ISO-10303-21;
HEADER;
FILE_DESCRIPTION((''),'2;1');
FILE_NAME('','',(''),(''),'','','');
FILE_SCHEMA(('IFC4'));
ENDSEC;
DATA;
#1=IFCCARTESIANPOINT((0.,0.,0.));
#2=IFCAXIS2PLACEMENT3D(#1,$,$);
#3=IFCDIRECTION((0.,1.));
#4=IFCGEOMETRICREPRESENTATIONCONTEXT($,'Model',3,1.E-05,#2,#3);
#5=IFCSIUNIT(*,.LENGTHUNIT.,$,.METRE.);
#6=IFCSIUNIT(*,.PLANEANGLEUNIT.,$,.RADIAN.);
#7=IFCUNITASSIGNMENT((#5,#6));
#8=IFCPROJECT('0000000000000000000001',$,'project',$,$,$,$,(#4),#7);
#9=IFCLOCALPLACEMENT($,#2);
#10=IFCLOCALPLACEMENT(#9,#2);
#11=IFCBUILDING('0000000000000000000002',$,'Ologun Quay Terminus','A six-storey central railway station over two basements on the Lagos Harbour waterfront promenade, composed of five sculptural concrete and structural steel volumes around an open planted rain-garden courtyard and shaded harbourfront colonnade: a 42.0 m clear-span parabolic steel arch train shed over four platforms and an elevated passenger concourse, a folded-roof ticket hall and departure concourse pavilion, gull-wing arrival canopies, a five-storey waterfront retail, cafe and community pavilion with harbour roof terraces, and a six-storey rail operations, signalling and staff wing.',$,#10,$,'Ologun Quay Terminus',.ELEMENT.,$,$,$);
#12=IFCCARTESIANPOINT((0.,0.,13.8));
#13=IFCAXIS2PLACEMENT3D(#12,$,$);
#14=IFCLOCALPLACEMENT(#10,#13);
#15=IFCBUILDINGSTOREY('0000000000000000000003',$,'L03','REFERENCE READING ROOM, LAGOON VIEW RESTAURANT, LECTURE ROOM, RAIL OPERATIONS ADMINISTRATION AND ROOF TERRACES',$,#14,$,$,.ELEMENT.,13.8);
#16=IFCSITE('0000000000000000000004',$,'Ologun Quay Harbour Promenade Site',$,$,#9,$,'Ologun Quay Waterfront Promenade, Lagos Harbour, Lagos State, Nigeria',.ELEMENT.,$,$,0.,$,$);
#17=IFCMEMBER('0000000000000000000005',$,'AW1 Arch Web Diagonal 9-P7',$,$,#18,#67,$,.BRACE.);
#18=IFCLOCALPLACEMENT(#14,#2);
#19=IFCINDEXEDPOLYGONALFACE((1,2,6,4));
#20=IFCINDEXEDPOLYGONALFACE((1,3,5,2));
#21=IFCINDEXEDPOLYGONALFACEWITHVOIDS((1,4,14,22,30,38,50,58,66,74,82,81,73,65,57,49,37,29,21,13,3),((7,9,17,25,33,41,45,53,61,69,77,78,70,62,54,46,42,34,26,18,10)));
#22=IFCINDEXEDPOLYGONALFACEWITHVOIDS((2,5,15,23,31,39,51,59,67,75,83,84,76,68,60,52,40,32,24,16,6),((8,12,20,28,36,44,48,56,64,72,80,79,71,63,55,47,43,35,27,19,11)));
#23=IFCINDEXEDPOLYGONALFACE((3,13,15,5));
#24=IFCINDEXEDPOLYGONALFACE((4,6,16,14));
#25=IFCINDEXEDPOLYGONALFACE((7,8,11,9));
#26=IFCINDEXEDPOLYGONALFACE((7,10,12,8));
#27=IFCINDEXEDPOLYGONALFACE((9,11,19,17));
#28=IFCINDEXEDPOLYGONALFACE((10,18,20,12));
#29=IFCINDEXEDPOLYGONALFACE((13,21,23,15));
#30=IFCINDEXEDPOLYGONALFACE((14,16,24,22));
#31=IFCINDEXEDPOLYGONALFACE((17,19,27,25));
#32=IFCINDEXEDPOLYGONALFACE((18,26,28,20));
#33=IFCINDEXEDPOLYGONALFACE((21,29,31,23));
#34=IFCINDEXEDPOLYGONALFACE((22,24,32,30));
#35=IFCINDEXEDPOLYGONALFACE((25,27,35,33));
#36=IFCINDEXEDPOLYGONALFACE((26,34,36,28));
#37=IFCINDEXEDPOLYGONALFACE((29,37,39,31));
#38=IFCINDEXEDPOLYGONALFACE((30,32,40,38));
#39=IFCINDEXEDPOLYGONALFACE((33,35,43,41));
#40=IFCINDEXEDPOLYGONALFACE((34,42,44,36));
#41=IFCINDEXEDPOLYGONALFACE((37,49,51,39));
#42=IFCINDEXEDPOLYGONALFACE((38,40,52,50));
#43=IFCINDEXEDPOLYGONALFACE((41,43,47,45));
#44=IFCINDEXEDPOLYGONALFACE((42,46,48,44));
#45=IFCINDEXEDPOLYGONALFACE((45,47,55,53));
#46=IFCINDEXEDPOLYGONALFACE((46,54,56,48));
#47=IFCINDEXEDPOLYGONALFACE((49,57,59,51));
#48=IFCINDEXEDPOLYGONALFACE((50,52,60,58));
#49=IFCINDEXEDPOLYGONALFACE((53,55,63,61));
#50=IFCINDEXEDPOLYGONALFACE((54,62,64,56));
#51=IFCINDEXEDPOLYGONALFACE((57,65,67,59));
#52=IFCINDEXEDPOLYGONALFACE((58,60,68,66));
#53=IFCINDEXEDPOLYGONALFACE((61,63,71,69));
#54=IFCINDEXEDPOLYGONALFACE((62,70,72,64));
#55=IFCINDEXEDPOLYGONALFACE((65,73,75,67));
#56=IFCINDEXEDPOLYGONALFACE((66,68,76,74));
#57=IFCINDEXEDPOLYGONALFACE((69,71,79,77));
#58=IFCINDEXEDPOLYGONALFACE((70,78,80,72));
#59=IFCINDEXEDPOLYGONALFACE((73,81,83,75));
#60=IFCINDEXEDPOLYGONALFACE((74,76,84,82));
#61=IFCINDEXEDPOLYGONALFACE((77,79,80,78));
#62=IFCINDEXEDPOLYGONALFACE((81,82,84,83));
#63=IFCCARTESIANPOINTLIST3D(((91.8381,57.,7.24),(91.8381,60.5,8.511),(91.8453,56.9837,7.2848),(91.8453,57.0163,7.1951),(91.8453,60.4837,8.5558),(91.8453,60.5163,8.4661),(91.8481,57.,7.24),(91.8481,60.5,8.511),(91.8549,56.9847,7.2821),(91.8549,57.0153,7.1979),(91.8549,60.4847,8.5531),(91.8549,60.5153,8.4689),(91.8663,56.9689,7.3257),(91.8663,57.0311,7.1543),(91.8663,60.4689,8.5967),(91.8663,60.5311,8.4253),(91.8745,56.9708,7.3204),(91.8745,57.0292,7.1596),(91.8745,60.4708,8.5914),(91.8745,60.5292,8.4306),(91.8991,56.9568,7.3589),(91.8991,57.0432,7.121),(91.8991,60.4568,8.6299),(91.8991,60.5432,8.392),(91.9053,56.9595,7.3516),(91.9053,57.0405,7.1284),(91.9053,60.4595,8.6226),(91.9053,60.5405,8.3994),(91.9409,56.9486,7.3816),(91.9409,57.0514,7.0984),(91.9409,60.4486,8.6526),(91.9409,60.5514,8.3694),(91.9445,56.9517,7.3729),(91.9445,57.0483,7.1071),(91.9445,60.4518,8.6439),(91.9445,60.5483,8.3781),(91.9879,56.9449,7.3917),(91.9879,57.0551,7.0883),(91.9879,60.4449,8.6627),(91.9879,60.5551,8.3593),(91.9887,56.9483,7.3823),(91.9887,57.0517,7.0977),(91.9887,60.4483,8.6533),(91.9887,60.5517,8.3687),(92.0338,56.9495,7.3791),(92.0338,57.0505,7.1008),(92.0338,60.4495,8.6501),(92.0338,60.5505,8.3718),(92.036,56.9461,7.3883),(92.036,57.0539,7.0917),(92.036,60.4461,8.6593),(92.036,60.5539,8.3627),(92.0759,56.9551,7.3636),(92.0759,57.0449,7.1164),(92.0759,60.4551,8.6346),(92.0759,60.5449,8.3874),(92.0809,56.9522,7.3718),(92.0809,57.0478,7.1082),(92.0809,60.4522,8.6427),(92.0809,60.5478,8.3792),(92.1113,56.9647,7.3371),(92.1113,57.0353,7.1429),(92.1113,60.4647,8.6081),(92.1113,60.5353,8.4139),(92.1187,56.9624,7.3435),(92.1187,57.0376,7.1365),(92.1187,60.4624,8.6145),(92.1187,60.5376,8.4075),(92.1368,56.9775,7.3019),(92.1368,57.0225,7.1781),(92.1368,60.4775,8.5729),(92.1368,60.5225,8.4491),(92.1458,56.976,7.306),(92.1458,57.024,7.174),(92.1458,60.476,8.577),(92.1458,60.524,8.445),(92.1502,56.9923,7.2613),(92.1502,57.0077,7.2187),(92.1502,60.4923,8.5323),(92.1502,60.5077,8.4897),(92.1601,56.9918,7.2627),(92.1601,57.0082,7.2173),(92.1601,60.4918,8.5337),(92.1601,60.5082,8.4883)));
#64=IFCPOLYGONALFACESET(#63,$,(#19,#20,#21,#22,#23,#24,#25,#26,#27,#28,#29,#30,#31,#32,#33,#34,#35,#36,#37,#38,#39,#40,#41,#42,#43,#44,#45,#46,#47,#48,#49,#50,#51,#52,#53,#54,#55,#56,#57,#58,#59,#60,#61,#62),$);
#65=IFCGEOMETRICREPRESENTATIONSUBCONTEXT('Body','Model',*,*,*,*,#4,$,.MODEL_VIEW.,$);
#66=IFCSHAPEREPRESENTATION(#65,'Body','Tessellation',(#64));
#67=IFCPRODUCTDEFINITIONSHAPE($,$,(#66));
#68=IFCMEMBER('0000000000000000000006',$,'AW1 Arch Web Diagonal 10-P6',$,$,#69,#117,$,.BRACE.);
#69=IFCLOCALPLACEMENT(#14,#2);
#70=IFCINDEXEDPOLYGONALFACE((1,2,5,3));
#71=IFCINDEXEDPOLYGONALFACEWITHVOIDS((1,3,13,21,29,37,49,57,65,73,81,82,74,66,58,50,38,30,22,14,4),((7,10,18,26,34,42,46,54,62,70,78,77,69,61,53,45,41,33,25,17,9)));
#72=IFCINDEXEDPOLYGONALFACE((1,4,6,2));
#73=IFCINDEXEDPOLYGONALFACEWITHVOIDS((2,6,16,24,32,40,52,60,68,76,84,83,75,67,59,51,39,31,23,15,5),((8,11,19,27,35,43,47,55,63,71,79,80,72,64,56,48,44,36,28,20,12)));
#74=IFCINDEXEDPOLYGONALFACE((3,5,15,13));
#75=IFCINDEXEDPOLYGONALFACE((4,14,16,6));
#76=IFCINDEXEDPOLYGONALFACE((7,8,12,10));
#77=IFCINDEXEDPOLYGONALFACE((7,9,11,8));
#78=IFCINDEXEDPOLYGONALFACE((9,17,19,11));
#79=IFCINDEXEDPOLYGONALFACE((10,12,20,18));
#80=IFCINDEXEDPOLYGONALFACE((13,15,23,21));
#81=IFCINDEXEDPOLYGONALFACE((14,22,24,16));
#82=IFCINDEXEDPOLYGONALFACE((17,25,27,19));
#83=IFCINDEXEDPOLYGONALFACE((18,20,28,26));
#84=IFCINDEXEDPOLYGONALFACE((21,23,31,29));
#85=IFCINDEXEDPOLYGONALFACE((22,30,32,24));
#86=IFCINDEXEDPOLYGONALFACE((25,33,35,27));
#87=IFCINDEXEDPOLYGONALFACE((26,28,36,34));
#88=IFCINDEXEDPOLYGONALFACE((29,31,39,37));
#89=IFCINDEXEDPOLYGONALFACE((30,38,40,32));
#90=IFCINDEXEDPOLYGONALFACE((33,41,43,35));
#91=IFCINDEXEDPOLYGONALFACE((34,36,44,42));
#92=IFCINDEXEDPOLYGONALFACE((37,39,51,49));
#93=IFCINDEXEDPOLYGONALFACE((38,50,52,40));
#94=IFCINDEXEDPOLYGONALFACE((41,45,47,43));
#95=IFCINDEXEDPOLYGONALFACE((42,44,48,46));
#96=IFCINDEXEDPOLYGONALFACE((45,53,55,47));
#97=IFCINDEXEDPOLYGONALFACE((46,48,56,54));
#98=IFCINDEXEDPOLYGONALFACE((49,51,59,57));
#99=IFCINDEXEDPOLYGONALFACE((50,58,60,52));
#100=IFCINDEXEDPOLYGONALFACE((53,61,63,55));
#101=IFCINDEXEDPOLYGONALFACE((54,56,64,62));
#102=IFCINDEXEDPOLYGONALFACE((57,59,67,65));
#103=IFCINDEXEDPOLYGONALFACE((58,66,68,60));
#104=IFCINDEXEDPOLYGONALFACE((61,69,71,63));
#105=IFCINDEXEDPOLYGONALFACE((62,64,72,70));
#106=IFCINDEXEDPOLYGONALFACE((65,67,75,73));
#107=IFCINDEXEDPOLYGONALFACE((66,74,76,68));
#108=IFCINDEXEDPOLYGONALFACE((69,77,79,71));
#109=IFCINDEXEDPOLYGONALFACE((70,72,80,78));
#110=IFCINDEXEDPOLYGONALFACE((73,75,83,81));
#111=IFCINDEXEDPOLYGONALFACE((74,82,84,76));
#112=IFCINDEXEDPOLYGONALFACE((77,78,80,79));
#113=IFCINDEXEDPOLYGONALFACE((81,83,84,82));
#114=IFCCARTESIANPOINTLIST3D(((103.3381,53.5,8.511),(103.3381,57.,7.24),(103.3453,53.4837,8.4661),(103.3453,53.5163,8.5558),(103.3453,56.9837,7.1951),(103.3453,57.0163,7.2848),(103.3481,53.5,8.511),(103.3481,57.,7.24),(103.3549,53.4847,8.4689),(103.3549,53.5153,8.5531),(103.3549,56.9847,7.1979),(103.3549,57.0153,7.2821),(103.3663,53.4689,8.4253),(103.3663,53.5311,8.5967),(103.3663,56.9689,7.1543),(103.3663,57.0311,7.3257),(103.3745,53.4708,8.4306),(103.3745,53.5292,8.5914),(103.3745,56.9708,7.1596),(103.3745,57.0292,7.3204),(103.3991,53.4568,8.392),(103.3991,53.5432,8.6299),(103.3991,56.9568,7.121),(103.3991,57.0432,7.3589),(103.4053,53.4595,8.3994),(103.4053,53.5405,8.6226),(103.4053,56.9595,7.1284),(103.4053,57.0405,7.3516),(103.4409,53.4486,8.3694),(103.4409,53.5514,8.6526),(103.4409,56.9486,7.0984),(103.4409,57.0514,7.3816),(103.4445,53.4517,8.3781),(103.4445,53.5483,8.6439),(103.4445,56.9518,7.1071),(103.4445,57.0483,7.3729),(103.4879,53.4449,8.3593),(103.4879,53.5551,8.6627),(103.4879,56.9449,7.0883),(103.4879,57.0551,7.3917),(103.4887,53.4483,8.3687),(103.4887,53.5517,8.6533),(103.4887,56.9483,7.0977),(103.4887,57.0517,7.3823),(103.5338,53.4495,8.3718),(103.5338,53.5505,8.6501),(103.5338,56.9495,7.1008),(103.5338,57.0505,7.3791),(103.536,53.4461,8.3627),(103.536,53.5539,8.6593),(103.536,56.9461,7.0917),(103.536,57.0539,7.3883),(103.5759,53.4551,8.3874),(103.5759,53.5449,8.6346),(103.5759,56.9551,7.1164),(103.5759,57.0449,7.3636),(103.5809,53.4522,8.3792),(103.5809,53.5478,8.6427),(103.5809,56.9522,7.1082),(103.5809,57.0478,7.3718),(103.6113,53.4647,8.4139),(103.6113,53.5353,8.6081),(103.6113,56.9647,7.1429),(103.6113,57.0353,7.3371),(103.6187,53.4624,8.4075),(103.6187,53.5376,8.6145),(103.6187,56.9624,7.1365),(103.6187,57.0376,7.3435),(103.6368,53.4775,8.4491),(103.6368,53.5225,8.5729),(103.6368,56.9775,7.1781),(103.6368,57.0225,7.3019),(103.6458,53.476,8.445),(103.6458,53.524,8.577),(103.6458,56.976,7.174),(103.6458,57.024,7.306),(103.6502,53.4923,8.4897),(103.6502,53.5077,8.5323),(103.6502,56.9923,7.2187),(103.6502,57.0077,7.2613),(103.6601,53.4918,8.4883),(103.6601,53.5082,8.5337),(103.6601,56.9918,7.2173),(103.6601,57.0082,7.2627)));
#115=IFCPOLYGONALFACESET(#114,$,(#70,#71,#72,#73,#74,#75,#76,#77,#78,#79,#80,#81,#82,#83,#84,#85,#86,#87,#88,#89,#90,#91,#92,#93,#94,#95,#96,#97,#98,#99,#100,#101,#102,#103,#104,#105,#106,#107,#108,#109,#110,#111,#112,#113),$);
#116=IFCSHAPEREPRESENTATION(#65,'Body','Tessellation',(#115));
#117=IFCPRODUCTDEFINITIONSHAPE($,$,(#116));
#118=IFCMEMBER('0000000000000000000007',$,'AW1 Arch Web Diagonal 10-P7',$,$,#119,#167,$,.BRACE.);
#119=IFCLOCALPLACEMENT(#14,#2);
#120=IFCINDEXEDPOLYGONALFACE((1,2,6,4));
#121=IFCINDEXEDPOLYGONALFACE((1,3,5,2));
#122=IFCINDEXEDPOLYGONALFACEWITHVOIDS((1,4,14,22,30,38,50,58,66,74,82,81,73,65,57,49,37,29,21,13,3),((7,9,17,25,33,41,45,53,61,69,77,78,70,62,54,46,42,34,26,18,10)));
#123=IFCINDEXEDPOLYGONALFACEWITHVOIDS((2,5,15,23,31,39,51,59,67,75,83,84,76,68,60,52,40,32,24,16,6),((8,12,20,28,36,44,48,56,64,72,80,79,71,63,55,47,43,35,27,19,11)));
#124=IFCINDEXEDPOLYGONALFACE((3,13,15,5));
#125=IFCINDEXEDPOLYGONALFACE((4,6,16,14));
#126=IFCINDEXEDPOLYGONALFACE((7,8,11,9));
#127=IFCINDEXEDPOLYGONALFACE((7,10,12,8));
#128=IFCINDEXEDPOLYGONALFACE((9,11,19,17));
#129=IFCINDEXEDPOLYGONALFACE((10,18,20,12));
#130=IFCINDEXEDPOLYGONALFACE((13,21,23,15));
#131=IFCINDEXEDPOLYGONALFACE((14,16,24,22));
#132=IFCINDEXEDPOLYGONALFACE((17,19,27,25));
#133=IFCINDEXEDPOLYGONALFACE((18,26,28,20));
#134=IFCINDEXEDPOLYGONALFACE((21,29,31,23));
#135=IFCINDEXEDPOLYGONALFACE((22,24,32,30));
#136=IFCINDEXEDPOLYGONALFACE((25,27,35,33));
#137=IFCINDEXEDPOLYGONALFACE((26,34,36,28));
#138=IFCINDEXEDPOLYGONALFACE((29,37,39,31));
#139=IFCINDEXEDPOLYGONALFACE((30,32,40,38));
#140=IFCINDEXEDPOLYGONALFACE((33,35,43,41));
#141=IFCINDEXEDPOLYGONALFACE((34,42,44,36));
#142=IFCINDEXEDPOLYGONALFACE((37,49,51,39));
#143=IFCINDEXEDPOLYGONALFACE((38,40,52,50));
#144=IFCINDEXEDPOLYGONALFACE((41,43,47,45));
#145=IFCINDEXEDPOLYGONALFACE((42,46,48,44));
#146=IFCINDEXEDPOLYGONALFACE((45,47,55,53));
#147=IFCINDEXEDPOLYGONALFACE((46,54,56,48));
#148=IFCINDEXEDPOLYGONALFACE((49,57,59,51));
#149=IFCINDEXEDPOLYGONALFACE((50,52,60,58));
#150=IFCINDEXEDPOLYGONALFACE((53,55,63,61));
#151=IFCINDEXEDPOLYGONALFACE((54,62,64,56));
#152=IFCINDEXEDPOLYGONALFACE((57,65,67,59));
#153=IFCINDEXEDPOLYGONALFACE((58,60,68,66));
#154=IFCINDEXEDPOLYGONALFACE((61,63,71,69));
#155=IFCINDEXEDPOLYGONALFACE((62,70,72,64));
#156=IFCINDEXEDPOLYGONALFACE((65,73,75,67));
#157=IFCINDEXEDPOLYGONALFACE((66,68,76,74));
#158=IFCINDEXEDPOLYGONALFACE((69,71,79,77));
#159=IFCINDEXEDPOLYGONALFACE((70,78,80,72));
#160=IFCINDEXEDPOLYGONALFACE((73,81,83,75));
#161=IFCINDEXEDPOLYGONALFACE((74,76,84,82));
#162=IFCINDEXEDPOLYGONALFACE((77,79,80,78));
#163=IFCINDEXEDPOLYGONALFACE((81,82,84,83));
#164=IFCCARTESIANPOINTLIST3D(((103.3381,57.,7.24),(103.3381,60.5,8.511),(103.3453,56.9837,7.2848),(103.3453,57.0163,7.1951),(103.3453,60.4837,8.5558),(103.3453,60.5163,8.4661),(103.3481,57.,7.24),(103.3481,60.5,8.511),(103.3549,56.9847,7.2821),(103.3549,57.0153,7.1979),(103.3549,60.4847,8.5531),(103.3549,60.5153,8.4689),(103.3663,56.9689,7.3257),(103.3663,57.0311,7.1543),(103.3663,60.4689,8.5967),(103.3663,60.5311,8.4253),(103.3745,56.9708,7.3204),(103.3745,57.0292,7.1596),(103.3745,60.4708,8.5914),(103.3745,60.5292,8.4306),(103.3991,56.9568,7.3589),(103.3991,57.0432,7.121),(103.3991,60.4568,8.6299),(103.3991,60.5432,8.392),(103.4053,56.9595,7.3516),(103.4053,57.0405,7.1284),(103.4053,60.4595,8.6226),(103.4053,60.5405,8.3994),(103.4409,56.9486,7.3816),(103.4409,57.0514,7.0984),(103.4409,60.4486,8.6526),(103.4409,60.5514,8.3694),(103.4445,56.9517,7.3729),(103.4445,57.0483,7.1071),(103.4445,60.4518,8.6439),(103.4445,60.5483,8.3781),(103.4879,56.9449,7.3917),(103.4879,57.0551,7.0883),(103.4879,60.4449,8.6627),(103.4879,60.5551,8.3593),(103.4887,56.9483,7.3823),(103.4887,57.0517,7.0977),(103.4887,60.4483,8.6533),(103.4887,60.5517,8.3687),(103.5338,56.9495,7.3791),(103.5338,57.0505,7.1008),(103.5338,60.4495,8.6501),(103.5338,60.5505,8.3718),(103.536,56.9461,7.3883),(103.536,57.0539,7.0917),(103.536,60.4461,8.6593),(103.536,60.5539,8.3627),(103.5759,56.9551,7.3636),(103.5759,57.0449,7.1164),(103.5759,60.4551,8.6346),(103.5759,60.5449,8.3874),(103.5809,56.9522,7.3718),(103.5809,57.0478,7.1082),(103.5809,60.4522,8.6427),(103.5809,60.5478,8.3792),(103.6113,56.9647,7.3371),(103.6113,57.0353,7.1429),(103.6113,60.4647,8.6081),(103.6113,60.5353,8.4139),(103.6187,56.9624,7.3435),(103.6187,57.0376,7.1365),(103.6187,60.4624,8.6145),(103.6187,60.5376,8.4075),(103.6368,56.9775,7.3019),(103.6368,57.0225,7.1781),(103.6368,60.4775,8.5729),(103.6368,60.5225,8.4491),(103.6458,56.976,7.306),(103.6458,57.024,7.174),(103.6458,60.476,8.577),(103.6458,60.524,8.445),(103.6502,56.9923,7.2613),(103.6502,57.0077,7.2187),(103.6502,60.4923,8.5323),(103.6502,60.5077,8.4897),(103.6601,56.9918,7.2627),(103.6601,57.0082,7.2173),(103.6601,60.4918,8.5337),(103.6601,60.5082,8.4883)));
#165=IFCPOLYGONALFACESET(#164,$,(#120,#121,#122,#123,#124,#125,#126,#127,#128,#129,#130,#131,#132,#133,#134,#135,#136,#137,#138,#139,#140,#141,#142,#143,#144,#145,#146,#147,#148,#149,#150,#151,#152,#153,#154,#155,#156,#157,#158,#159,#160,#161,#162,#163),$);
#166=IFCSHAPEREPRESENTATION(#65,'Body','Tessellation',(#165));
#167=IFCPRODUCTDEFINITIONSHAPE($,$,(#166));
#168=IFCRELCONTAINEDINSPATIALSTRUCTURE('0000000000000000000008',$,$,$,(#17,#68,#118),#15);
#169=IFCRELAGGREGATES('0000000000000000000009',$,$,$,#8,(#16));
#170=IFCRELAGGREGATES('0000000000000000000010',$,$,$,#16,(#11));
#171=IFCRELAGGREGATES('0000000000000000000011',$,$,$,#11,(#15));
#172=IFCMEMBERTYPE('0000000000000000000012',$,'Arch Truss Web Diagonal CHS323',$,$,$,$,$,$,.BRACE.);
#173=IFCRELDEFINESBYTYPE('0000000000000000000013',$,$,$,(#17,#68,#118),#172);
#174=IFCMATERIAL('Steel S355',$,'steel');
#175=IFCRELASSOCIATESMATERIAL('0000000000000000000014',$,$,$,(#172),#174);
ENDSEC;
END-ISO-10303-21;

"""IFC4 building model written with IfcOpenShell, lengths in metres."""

from ifc_helpers import new_model, si_unit, direction, frame, origin, origin_2d, place, context, subcontext, project, spatial, hollow_circle, extrude, material, material_profile, profile_set, type_object, element, save


model = new_model("IFC4")

# Units and contexts
model_context = context("Model", 3, precision=1e-05, world=origin(), true_north=direction((0.0, 1.0)))
body_context = subcontext(model_context, "Body", "Model", "MODEL_VIEW")
ifc_project = project(units=[si_unit("LENGTHUNIT", "METRE"), si_unit("PLANEANGLEUNIT", "RADIAN")], contexts=[model_context])

# Site, building, storey
site_placement = place(None, origin())
site = spatial("IfcSite", under=ifc_project, at=site_placement, Name="Ologun Quay Harbour Promenade Site", LongName="Ologun Quay Waterfront Promenade, Lagos Harbour, Lagos State, Nigeria", CompositionType="ELEMENT", RefElevation=0.0)
building_placement = place(site_placement, origin())
building = spatial("IfcBuilding", under=site, at=building_placement, Name="Ologun Quay Terminus", Description="A six-storey central railway station over two basements on the Lagos Harbour waterfront promenade, composed of five sculptural concrete and structural steel volumes around an open planted rain-garden courtyard and shaded harbourfront colonnade: a 42.0 m clear-span parabolic steel arch train shed over four platforms and an elevated passenger concourse, a folded-roof ticket hall and departure concourse pavilion, gull-wing arrival canopies, a five-storey waterfront retail, cafe and community pavilion with harbour roof terraces, and a six-storey rail operations, signalling and staff wing.", LongName="Ologun Quay Terminus", CompositionType="ELEMENT")
storey_placement = place(building_placement, frame((0.0, 0.0, 13.8)))
storey = spatial("IfcBuildingStorey", under=building, at=storey_placement, Name="L03", Description="REFERENCE READING ROOM, LAGOON VIEW RESTAURANT, LECTURE ROOM, RAIL OPERATIONS ADMINISTRATION AND ROOF TERRACES", CompositionType="ELEMENT", Elevation=13.8)

# Members
ifc_material_1 = material(Name="Steel S355", Category="steel")
ifc_material_profile_1 = material_profile(ifc_material_1, hollow_circle(Radius=0.1619, WallThickness=0.01, at=origin_2d()), Name="CHS 323.9x10")
ifc_profile_set_1 = profile_set([ifc_material_profile_1], Name="Steel S355")
member_type_1 = type_object("IfcMemberType", Name="Arch Truss Web Diagonal CHS323", PredefinedType="BRACE", material=ifc_profile_set_1)
for number, where, z_axis, x_axis, name in (
    (1, (92.0, 57.0, 7.24), (0.0, 0.939943, 0.341332), (-1.0, 0.0, 0.0), "AW1 Arch Web Diagonal 9-P7"),
    (2, (103.5, 53.5, 8.511), (0.0, 0.939943, -0.341332), (-1.0, 0.0, 0.0), "AW1 Arch Web Diagonal 10-P6"),
    (3, (103.5, 57.0, 7.24), (0.0, 0.939943, 0.341332), (-1.0, 0.0, 0.0), "AW1 Arch Web Diagonal 10-P7"),
):
    element("IfcMember", number, at=place(storey_placement, frame(where, z_axis=z_axis, x_axis=x_axis)), inside=storey, type_object=member_type_1, Name=name, PredefinedType="BRACE", context=body_context, shape_type="SweptSolid", body=[
        extrude(hollow_circle(Radius=0.1619, WallThickness=0.01, at=origin_2d()), origin(), (0.0, 0.0, 1.0), 3.7236),
    ])

save(model, "model.ifc")
